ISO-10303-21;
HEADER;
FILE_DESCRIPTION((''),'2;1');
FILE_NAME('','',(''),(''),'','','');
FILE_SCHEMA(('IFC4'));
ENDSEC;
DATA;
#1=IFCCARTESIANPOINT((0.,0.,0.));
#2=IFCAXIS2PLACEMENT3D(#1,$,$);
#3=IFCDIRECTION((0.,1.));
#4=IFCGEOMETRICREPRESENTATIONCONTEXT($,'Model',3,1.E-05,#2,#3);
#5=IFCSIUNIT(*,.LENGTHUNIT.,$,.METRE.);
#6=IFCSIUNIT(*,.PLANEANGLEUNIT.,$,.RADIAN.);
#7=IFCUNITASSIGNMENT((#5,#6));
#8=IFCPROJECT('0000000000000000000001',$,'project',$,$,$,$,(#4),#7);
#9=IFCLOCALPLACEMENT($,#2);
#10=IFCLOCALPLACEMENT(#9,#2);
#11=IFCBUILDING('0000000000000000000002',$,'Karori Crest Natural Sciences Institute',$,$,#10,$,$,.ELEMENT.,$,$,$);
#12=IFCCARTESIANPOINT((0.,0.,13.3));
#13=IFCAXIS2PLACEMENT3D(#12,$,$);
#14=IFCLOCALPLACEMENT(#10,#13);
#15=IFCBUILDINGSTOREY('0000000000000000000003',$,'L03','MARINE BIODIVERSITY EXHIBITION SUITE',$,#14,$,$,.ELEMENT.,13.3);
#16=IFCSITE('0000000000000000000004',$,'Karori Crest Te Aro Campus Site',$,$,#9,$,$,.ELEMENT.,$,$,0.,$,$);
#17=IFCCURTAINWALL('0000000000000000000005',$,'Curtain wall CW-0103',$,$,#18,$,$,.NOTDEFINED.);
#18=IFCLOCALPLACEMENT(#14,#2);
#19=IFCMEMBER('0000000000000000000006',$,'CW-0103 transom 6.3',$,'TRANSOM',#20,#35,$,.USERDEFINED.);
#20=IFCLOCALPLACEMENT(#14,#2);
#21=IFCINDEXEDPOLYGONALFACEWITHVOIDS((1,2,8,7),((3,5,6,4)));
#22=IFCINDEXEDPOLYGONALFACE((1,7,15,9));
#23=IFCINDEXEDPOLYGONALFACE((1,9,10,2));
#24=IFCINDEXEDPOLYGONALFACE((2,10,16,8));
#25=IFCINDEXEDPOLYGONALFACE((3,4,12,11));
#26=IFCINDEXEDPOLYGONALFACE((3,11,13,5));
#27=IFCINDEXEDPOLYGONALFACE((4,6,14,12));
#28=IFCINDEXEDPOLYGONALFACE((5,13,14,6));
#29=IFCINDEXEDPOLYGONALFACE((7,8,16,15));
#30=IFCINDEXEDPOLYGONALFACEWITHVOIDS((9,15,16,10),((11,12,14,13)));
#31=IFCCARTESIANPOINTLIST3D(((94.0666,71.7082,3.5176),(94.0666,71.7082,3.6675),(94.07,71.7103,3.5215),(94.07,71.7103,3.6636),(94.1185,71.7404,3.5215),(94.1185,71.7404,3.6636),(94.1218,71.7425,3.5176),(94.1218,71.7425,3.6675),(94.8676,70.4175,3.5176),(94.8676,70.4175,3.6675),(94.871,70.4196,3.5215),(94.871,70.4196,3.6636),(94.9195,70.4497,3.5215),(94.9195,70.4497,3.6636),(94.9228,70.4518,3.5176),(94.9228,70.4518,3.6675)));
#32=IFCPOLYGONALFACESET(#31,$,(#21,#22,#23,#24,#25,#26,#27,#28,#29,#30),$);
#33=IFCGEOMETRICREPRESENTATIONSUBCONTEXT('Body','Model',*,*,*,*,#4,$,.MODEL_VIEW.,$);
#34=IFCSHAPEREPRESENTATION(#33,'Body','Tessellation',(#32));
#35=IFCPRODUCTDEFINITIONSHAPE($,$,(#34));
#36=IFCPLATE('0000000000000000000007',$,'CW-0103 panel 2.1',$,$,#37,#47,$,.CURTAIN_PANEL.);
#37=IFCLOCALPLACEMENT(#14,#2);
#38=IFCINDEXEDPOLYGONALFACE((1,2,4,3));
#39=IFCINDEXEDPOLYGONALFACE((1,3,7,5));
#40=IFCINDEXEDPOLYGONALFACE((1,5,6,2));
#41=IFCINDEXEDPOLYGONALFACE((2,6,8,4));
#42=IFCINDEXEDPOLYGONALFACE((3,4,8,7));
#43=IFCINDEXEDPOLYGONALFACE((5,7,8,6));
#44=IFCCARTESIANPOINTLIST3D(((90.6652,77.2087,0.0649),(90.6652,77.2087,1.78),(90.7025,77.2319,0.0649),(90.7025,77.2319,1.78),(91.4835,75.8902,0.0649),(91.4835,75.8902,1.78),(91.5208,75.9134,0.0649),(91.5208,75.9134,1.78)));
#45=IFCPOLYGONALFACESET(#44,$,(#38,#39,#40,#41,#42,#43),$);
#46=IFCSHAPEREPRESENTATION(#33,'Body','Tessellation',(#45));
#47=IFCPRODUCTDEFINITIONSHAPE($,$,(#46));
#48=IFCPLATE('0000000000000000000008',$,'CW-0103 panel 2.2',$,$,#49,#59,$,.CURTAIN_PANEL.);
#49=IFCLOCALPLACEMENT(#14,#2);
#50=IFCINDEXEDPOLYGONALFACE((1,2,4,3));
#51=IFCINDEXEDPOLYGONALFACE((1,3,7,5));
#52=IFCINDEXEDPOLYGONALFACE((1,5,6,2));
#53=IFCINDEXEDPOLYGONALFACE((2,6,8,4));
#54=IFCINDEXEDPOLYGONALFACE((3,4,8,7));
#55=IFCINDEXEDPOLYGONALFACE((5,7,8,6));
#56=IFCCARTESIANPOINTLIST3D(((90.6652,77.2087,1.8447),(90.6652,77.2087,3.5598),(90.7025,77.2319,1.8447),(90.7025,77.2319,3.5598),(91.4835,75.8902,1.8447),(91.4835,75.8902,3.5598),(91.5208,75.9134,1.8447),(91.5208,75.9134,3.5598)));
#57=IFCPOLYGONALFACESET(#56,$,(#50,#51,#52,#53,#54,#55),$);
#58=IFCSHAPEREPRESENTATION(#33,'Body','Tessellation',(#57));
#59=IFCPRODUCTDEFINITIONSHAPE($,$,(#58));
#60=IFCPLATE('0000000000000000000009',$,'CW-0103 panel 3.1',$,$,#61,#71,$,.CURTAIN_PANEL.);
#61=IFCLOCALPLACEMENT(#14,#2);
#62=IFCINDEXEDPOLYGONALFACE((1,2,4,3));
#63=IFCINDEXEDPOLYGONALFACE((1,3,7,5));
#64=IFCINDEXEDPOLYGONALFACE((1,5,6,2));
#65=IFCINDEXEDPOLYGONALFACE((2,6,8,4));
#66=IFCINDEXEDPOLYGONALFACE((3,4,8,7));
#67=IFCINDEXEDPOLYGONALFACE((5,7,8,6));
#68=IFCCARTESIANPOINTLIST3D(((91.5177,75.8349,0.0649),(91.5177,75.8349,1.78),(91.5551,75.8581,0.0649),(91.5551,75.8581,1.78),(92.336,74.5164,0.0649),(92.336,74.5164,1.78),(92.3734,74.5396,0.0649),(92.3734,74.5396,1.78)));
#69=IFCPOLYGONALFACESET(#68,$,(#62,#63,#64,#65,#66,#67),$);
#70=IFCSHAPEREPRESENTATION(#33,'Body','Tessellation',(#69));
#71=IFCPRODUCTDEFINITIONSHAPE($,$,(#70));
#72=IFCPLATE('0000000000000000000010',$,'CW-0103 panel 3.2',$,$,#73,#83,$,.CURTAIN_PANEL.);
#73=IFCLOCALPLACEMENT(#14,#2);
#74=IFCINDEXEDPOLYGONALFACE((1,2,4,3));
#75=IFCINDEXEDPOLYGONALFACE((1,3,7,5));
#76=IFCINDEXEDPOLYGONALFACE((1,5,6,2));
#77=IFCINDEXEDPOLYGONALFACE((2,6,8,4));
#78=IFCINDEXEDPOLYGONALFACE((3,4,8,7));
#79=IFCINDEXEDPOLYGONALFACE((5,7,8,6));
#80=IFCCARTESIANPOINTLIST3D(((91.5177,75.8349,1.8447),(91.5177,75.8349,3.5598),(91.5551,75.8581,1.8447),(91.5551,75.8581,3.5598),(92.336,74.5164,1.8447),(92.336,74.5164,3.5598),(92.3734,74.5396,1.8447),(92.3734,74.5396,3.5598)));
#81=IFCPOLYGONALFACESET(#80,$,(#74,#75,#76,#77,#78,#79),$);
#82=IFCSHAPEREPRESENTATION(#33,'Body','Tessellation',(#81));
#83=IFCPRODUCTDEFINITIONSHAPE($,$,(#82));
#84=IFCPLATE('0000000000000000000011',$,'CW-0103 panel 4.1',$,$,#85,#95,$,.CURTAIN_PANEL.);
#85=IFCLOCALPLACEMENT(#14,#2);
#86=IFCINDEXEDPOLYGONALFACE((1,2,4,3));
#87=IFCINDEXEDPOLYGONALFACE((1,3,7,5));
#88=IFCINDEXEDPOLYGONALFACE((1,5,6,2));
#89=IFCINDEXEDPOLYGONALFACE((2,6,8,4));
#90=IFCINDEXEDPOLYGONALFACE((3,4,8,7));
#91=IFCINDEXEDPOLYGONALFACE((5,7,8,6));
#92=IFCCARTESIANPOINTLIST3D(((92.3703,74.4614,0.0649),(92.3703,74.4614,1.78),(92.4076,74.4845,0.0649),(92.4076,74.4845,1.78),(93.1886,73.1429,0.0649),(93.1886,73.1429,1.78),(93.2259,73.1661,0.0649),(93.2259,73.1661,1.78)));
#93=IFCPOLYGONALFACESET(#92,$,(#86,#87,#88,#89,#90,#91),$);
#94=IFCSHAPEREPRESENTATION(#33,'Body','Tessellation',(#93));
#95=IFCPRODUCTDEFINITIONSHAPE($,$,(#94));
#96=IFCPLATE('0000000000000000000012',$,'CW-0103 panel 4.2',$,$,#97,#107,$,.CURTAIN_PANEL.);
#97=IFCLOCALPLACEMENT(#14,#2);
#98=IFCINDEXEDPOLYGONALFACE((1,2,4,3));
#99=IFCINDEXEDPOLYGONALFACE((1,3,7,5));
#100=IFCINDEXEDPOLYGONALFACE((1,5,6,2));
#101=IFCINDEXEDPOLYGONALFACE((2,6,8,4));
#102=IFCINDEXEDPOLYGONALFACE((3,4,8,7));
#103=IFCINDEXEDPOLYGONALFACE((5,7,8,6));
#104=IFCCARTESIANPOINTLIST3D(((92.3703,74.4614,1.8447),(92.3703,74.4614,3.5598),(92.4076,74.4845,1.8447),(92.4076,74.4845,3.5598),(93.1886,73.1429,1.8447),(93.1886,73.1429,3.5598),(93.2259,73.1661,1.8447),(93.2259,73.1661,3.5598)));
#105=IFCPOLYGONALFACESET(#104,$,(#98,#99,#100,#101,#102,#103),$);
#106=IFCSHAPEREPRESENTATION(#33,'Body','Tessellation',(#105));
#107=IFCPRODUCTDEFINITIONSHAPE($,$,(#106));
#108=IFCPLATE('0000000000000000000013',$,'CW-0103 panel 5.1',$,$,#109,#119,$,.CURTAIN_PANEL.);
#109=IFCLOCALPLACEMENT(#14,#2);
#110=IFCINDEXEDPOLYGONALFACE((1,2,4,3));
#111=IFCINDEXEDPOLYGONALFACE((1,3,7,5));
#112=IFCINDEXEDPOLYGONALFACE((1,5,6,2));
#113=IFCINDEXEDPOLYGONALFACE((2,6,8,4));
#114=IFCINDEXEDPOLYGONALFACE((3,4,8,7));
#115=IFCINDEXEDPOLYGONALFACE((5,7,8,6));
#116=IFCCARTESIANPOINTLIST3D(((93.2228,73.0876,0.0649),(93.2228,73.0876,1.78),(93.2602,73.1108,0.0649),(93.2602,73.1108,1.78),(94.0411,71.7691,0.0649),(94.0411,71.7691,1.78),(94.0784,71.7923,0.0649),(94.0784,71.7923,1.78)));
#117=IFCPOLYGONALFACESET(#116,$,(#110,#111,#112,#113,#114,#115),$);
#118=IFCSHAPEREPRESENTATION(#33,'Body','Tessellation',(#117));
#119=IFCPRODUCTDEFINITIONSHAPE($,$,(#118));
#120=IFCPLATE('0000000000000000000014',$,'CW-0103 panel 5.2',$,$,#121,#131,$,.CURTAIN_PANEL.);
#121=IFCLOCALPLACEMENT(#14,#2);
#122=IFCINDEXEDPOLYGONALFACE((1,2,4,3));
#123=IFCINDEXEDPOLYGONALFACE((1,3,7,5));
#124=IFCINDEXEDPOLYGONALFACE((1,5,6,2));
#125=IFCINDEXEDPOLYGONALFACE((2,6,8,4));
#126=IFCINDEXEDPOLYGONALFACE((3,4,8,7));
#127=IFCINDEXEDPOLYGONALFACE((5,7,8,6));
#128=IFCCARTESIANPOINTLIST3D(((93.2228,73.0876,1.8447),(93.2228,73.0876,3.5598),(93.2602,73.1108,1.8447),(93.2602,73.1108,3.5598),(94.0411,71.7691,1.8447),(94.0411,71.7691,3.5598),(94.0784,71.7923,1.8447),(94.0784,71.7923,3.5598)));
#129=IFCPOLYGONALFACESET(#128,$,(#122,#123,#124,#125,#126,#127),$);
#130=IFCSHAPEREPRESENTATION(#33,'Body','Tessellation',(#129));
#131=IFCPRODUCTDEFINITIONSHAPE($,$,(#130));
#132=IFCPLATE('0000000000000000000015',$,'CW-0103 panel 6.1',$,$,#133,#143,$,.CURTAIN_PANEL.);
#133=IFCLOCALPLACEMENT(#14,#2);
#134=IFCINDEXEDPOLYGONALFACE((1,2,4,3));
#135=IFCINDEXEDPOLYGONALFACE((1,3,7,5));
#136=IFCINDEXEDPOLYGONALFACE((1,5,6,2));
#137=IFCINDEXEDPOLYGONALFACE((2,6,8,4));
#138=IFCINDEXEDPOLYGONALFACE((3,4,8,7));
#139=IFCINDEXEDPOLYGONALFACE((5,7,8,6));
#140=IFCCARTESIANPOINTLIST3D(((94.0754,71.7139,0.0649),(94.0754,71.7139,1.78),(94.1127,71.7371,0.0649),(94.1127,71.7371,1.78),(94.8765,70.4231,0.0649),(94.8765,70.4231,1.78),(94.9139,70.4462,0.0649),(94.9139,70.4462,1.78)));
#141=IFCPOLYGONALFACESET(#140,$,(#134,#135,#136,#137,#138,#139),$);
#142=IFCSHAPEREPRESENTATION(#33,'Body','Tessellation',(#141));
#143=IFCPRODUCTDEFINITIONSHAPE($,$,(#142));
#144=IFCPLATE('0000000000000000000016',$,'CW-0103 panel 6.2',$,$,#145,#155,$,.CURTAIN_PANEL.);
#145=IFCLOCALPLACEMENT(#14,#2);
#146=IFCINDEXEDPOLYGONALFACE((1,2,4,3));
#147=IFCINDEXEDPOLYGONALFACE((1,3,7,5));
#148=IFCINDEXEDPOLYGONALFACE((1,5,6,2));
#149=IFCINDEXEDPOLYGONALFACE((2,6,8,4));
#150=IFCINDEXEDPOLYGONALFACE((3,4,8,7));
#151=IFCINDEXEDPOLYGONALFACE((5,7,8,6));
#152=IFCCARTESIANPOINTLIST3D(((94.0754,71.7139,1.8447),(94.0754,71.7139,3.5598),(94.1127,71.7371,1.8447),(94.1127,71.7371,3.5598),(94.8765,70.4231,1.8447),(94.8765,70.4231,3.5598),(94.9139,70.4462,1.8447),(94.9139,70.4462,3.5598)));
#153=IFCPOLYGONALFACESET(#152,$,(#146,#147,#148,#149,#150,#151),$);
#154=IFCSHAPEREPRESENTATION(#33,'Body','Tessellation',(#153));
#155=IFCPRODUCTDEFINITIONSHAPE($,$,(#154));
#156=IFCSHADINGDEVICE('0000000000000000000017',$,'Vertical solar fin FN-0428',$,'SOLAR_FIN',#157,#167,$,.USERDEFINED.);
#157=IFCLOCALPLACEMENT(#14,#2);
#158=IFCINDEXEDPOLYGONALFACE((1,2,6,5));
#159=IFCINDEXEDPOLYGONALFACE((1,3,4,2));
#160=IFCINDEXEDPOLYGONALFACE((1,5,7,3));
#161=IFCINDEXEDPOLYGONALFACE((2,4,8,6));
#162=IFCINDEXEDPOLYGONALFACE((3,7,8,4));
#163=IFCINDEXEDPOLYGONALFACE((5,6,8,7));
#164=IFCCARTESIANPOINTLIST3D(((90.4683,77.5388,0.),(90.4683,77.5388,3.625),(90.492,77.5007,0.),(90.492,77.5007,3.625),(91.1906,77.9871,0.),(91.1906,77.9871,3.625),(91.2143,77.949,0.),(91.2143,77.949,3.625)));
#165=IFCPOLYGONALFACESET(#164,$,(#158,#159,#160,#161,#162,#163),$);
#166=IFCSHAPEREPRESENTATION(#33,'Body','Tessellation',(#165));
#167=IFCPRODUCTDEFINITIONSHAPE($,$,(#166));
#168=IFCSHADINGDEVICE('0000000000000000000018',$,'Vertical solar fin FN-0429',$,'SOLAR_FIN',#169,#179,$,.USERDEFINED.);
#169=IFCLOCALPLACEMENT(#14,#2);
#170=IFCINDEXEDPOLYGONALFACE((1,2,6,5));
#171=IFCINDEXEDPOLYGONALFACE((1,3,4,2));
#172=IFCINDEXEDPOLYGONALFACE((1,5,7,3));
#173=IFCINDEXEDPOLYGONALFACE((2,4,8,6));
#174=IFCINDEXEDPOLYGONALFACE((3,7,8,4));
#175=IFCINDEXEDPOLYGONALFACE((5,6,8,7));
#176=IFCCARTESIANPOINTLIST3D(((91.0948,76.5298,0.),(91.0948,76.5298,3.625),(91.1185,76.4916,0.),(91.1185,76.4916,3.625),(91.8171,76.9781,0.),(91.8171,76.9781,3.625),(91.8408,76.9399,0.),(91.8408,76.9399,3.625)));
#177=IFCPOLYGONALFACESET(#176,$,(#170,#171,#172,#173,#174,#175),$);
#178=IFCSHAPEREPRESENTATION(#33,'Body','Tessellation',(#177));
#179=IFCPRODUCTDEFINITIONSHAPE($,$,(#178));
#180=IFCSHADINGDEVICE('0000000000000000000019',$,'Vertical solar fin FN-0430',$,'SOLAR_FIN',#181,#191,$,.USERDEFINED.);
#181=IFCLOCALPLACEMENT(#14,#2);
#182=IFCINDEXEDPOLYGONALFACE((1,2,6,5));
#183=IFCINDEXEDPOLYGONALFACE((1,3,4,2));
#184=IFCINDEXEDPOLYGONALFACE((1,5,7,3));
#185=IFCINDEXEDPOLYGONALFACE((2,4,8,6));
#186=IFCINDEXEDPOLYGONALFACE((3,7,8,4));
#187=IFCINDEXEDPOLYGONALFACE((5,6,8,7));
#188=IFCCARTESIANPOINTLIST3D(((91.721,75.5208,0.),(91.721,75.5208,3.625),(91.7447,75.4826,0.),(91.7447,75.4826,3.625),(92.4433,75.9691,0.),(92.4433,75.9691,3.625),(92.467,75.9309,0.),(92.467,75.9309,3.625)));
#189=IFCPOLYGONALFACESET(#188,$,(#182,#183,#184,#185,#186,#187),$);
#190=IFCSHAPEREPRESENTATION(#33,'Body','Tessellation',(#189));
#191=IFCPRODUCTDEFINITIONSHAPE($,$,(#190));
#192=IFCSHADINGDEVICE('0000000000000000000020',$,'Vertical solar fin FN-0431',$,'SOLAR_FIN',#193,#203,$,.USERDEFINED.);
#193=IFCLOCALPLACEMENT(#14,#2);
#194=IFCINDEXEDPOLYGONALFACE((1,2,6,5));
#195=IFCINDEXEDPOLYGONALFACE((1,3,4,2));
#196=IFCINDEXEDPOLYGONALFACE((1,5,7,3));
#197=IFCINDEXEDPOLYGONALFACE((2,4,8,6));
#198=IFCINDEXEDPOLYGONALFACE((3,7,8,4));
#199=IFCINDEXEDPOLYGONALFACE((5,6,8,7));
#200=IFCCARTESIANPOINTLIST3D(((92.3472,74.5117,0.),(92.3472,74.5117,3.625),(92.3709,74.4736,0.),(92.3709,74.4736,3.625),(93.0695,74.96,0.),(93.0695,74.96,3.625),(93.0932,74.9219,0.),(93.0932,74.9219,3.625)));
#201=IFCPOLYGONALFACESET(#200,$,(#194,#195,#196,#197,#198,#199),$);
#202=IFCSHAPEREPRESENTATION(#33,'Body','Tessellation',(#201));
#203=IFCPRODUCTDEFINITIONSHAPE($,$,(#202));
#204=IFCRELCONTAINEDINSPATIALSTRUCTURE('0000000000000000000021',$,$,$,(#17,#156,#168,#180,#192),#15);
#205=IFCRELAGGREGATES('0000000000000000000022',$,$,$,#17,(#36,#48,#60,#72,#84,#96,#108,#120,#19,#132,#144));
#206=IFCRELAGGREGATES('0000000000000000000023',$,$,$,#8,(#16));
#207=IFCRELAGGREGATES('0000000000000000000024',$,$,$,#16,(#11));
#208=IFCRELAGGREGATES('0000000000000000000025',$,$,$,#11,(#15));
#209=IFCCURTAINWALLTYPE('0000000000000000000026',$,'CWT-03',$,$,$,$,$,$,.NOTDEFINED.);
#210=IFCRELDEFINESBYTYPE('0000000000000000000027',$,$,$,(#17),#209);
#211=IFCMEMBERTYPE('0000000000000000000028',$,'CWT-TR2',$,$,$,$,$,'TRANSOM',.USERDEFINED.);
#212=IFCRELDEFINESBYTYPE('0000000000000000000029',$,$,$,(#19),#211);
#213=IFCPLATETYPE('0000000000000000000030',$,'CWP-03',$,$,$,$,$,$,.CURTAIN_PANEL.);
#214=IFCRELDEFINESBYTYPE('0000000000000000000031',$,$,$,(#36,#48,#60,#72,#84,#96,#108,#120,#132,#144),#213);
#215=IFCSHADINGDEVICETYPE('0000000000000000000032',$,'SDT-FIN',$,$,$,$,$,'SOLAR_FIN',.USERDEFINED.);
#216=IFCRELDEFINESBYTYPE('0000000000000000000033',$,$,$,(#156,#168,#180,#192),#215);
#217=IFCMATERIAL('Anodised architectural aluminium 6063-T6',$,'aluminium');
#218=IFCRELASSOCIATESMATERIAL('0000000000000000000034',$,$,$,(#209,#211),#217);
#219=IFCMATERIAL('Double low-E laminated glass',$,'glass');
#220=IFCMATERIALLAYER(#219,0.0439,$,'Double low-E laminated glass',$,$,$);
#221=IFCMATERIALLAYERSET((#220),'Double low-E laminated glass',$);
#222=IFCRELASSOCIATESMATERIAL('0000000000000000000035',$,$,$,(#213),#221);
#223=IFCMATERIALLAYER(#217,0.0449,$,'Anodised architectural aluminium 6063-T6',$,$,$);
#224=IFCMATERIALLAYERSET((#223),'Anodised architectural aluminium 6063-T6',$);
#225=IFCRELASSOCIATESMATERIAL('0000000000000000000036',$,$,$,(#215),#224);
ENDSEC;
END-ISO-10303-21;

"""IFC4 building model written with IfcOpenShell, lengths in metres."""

from ifc_helpers import new_model, si_unit, direction, frame, origin, origin_2d, place, context, subcontext, project, spatial, rectangle, hollow_rectangle, extrude, material, layer, layer_set, material_profile, profile_set, type_object, element, aggregate, save


model = new_model("IFC4")

# Units and contexts
model_context = context("Model", 3, precision=1e-05, world=origin(), true_north=direction((0.0, 1.0)))
body_context = subcontext(model_context, "Body", "Model", "MODEL_VIEW")
ifc_project = project(units=[si_unit("LENGTHUNIT", "METRE"), si_unit("PLANEANGLEUNIT", "RADIAN")], contexts=[model_context])

# Site, building, storey
site_placement = place(None, origin())
site = spatial("IfcSite", under=ifc_project, at=site_placement, Name="Karori Crest Te Aro Campus Site", CompositionType="ELEMENT", RefElevation=0.0)
building_placement = place(site_placement, origin())
building = spatial("IfcBuilding", under=site, at=building_placement, Name="Karori Crest Natural Sciences Institute", CompositionType="ELEMENT")
storey_placement = place(building_placement, frame((0.0, 0.0, 13.3)))
storey = spatial("IfcBuildingStorey", under=building, at=storey_placement, Name="L03", Description="MARINE BIODIVERSITY EXHIBITION SUITE", CompositionType="ELEMENT", Elevation=13.3)

# Curtain wall, member, plates
ifc_material_1 = material(Name="Anodised architectural aluminium 6063-T6", Category="aluminium")
curtain_wall_type = type_object("IfcCurtainWallType", Name="CWT-03", PredefinedType="NOTDEFINED", material=ifc_material_1)
curtain_wall_placement = place(storey_placement, origin())
curtain_wall = element("IfcCurtainWall", 1, at=curtain_wall_placement, inside=storey, type_object=curtain_wall_type, Name="Curtain wall CW-0103", PredefinedType="NOTDEFINED")
ifc_material_profile_1 = material_profile(ifc_material_1, hollow_rectangle(XDim=0.0649, YDim=0.1499, WallThickness=0.0039, at=origin_2d()), Name="CWT150x65x4")
ifc_profile_set_1 = profile_set([ifc_material_profile_1], Name="Anodised architectural aluminium 6063-T6")
member_type_1 = type_object("IfcMemberType", Name="CWT-TR2", ElementType="TRANSOM", PredefinedType="USERDEFINED", material=ifc_profile_set_1)
member_1_placement = place(storey_placement, frame((94.0942, 71.7253, 3.5925), z_axis=(0.527295, -0.849682, 0.0), x_axis=(0.849682, 0.527295, 0.0)))
member_1 = element("IfcMember", 2, at=member_1_placement, type_object=member_type_1, Name="CW-0103 transom 6.3", ObjectType="TRANSOM", PredefinedType="USERDEFINED", context=body_context, shape_type="SweptSolid", body=[
    extrude(hollow_rectangle(XDim=0.0649, YDim=0.1499, WallThickness=0.0039, at=origin_2d()), origin(), (0.0, 0.0, 1.0), 1.519),
])
ifc_material_2 = material(Name="Double low-E laminated glass", Category="glass")
ifc_layer_1 = layer(ifc_material_2, 0.0439, Name="Double low-E laminated glass")
ifc_layer_set_1 = layer_set([ifc_layer_1], Name="Double low-E laminated glass")
plate_type = type_object("IfcPlateType", Name="CWP-03", PredefinedType="CURTAIN_PANEL", material=ifc_layer_set_1)
plate_1_placement = place(storey_placement, frame((91.093, 76.561, 0.0649), z_axis=(0.0, 0.0, 1.0), x_axis=(0.527328, -0.849662, 0.0)))
plate_1 = element("IfcPlate", 3, at=plate_1_placement, type_object=plate_type, Name="CW-0103 panel 2.1", PredefinedType="CURTAIN_PANEL", context=body_context, shape_type="SweptSolid", body=[
    extrude(rectangle(XDim=1.5518, YDim=0.0439, at=origin_2d()), origin(), (0.0, 0.0, 1.0), 1.7151),
])
plate_2_placement = place(storey_placement, frame((91.093, 76.561, 1.8447), z_axis=(0.0, 0.0, 1.0), x_axis=(0.527328, -0.849662, 0.0)))
plate_2 = element("IfcPlate", 4, at=plate_2_placement, type_object=plate_type, Name="CW-0103 panel 2.2", PredefinedType="CURTAIN_PANEL", context=body_context, shape_type="SweptSolid", body=[
    extrude(rectangle(XDim=1.5518, YDim=0.0439, at=origin_2d()), origin(), (0.0, 0.0, 1.0), 1.7151),
])
plate_3_placement = place(storey_placement, frame((91.9456, 75.1873, 0.0649), z_axis=(0.0, 0.0, 1.0), x_axis=(0.527328, -0.849662, 0.0)))
plate_3 = element("IfcPlate", 5, at=plate_3_placement, type_object=plate_type, Name="CW-0103 panel 3.1", PredefinedType="CURTAIN_PANEL", context=body_context, shape_type="SweptSolid", body=[
    extrude(rectangle(XDim=1.5518, YDim=0.0439, at=origin_2d()), origin(), (0.0, 0.0, 1.0), 1.7151),
])
plate_4_placement = place(storey_placement, frame((91.9456, 75.1873, 1.8447), z_axis=(0.0, 0.0, 1.0), x_axis=(0.527328, -0.849662, 0.0)))
plate_4 = element("IfcPlate", 6, at=plate_4_placement, type_object=plate_type, Name="CW-0103 panel 3.2", PredefinedType="CURTAIN_PANEL", context=body_context, shape_type="SweptSolid", body=[
    extrude(rectangle(XDim=1.5518, YDim=0.0439, at=origin_2d()), origin(), (0.0, 0.0, 1.0), 1.7151),
])
plate_5_placement = place(storey_placement, frame((92.7981, 73.8137, 0.0649), z_axis=(0.0, 0.0, 1.0), x_axis=(0.527328, -0.849662, 0.0)))
plate_5 = element("IfcPlate", 7, at=plate_5_placement, type_object=plate_type, Name="CW-0103 panel 4.1", PredefinedType="CURTAIN_PANEL", context=body_context, shape_type="SweptSolid", body=[
    extrude(rectangle(XDim=1.5518, YDim=0.0439, at=origin_2d()), origin(), (0.0, 0.0, 1.0), 1.7151),
])
plate_6_placement = place(storey_placement, frame((92.7981, 73.8137, 1.8447), z_axis=(0.0, 0.0, 1.0), x_axis=(0.527328, -0.849662, 0.0)))
plate_6 = element("IfcPlate", 8, at=plate_6_placement, type_object=plate_type, Name="CW-0103 panel 4.2", PredefinedType="CURTAIN_PANEL", context=body_context, shape_type="SweptSolid", body=[
    extrude(rectangle(XDim=1.5518, YDim=0.0439, at=origin_2d()), origin(), (0.0, 0.0, 1.0), 1.7151),
])
plate_7_placement = place(storey_placement, frame((93.6506, 72.4399, 0.0649), z_axis=(0.0, 0.0, 1.0), x_axis=(0.527328, -0.849662, 0.0)))
plate_7 = element("IfcPlate", 9, at=plate_7_placement, type_object=plate_type, Name="CW-0103 panel 5.1", PredefinedType="CURTAIN_PANEL", context=body_context, shape_type="SweptSolid", body=[
    extrude(rectangle(XDim=1.5518, YDim=0.0439, at=origin_2d()), origin(), (0.0, 0.0, 1.0), 1.7151),
])
plate_8_placement = place(storey_placement, frame((93.6506, 72.4399, 1.8447), z_axis=(0.0, 0.0, 1.0), x_axis=(0.527328, -0.849662, 0.0)))
plate_8 = element("IfcPlate", 10, at=plate_8_placement, type_object=plate_type, Name="CW-0103 panel 5.2", PredefinedType="CURTAIN_PANEL", context=body_context, shape_type="SweptSolid", body=[
    extrude(rectangle(XDim=1.5518, YDim=0.0439, at=origin_2d()), origin(), (0.0, 0.0, 1.0), 1.7151),
])
plate_9_placement = place(storey_placement, frame((94.4946, 71.0801, 0.0649), z_axis=(0.0, 0.0, 1.0), x_axis=(0.527328, -0.849662, 0.0)))
plate_9 = element("IfcPlate", 11, at=plate_9_placement, type_object=plate_type, Name="CW-0103 panel 6.1", PredefinedType="CURTAIN_PANEL", context=body_context, shape_type="SweptSolid", body=[
    extrude(rectangle(XDim=1.5193, YDim=0.0439, at=origin_2d()), origin(), (0.0, 0.0, 1.0), 1.7151),
])
plate_10_placement = place(storey_placement, frame((94.4946, 71.0801, 1.8447), z_axis=(0.0, 0.0, 1.0), x_axis=(0.527328, -0.849662, 0.0)))
plate_10 = element("IfcPlate", 12, at=plate_10_placement, type_object=plate_type, Name="CW-0103 panel 6.2", PredefinedType="CURTAIN_PANEL", context=body_context, shape_type="SweptSolid", body=[
    extrude(rectangle(XDim=1.5193, YDim=0.0439, at=origin_2d()), origin(), (0.0, 0.0, 1.0), 1.7151),
])
aggregate(curtain_wall, [plate_1, plate_2, plate_3, plate_4, plate_5, plate_6, plate_7, plate_8, member_1, plate_9, plate_10])

# Shading devices
ifc_layer_2 = layer(ifc_material_1, 0.0449, Name="Anodised architectural aluminium 6063-T6")
ifc_layer_set_2 = layer_set([ifc_layer_2], Name="Anodised architectural aluminium 6063-T6")
shading_device_type = type_object("IfcShadingDeviceType", Name="SDT-FIN", ElementType="SOLAR_FIN", PredefinedType="USERDEFINED", material=ifc_layer_set_2)
for number, where, z_axis, x_axis, name in (
    (13, (90.8413, 77.7439, 0.0), (0.0, 0.0, 1.0), (0.849662, 0.527328, 0.0), "Vertical solar fin FN-0428"),
    (14, (91.4678, 76.7349, 0.0), (0.0, 0.0, 1.0), (0.849662, 0.527328, 0.0), "Vertical solar fin FN-0429"),
    (15, (92.094, 75.7258, 0.0), (0.0, 0.0, 1.0), (0.849662, 0.527328, 0.0), "Vertical solar fin FN-0430"),
    (16, (92.7202, 74.7168, 0.0), (0.0, 0.0, 1.0), (0.849662, 0.527328, 0.0), "Vertical solar fin FN-0431"),
):
    element("IfcShadingDevice", number, at=place(storey_placement, frame(where, z_axis=z_axis, x_axis=x_axis)), inside=storey, type_object=shading_device_type, Name=name, ObjectType="SOLAR_FIN", PredefinedType="USERDEFINED", context=body_context, shape_type="SweptSolid", body=[
        extrude(rectangle(XDim=0.8501, YDim=0.0449, at=origin_2d()), origin(), (0.0, 0.0, 1.0), 3.625),
    ])

save(model, "model.ifc")
